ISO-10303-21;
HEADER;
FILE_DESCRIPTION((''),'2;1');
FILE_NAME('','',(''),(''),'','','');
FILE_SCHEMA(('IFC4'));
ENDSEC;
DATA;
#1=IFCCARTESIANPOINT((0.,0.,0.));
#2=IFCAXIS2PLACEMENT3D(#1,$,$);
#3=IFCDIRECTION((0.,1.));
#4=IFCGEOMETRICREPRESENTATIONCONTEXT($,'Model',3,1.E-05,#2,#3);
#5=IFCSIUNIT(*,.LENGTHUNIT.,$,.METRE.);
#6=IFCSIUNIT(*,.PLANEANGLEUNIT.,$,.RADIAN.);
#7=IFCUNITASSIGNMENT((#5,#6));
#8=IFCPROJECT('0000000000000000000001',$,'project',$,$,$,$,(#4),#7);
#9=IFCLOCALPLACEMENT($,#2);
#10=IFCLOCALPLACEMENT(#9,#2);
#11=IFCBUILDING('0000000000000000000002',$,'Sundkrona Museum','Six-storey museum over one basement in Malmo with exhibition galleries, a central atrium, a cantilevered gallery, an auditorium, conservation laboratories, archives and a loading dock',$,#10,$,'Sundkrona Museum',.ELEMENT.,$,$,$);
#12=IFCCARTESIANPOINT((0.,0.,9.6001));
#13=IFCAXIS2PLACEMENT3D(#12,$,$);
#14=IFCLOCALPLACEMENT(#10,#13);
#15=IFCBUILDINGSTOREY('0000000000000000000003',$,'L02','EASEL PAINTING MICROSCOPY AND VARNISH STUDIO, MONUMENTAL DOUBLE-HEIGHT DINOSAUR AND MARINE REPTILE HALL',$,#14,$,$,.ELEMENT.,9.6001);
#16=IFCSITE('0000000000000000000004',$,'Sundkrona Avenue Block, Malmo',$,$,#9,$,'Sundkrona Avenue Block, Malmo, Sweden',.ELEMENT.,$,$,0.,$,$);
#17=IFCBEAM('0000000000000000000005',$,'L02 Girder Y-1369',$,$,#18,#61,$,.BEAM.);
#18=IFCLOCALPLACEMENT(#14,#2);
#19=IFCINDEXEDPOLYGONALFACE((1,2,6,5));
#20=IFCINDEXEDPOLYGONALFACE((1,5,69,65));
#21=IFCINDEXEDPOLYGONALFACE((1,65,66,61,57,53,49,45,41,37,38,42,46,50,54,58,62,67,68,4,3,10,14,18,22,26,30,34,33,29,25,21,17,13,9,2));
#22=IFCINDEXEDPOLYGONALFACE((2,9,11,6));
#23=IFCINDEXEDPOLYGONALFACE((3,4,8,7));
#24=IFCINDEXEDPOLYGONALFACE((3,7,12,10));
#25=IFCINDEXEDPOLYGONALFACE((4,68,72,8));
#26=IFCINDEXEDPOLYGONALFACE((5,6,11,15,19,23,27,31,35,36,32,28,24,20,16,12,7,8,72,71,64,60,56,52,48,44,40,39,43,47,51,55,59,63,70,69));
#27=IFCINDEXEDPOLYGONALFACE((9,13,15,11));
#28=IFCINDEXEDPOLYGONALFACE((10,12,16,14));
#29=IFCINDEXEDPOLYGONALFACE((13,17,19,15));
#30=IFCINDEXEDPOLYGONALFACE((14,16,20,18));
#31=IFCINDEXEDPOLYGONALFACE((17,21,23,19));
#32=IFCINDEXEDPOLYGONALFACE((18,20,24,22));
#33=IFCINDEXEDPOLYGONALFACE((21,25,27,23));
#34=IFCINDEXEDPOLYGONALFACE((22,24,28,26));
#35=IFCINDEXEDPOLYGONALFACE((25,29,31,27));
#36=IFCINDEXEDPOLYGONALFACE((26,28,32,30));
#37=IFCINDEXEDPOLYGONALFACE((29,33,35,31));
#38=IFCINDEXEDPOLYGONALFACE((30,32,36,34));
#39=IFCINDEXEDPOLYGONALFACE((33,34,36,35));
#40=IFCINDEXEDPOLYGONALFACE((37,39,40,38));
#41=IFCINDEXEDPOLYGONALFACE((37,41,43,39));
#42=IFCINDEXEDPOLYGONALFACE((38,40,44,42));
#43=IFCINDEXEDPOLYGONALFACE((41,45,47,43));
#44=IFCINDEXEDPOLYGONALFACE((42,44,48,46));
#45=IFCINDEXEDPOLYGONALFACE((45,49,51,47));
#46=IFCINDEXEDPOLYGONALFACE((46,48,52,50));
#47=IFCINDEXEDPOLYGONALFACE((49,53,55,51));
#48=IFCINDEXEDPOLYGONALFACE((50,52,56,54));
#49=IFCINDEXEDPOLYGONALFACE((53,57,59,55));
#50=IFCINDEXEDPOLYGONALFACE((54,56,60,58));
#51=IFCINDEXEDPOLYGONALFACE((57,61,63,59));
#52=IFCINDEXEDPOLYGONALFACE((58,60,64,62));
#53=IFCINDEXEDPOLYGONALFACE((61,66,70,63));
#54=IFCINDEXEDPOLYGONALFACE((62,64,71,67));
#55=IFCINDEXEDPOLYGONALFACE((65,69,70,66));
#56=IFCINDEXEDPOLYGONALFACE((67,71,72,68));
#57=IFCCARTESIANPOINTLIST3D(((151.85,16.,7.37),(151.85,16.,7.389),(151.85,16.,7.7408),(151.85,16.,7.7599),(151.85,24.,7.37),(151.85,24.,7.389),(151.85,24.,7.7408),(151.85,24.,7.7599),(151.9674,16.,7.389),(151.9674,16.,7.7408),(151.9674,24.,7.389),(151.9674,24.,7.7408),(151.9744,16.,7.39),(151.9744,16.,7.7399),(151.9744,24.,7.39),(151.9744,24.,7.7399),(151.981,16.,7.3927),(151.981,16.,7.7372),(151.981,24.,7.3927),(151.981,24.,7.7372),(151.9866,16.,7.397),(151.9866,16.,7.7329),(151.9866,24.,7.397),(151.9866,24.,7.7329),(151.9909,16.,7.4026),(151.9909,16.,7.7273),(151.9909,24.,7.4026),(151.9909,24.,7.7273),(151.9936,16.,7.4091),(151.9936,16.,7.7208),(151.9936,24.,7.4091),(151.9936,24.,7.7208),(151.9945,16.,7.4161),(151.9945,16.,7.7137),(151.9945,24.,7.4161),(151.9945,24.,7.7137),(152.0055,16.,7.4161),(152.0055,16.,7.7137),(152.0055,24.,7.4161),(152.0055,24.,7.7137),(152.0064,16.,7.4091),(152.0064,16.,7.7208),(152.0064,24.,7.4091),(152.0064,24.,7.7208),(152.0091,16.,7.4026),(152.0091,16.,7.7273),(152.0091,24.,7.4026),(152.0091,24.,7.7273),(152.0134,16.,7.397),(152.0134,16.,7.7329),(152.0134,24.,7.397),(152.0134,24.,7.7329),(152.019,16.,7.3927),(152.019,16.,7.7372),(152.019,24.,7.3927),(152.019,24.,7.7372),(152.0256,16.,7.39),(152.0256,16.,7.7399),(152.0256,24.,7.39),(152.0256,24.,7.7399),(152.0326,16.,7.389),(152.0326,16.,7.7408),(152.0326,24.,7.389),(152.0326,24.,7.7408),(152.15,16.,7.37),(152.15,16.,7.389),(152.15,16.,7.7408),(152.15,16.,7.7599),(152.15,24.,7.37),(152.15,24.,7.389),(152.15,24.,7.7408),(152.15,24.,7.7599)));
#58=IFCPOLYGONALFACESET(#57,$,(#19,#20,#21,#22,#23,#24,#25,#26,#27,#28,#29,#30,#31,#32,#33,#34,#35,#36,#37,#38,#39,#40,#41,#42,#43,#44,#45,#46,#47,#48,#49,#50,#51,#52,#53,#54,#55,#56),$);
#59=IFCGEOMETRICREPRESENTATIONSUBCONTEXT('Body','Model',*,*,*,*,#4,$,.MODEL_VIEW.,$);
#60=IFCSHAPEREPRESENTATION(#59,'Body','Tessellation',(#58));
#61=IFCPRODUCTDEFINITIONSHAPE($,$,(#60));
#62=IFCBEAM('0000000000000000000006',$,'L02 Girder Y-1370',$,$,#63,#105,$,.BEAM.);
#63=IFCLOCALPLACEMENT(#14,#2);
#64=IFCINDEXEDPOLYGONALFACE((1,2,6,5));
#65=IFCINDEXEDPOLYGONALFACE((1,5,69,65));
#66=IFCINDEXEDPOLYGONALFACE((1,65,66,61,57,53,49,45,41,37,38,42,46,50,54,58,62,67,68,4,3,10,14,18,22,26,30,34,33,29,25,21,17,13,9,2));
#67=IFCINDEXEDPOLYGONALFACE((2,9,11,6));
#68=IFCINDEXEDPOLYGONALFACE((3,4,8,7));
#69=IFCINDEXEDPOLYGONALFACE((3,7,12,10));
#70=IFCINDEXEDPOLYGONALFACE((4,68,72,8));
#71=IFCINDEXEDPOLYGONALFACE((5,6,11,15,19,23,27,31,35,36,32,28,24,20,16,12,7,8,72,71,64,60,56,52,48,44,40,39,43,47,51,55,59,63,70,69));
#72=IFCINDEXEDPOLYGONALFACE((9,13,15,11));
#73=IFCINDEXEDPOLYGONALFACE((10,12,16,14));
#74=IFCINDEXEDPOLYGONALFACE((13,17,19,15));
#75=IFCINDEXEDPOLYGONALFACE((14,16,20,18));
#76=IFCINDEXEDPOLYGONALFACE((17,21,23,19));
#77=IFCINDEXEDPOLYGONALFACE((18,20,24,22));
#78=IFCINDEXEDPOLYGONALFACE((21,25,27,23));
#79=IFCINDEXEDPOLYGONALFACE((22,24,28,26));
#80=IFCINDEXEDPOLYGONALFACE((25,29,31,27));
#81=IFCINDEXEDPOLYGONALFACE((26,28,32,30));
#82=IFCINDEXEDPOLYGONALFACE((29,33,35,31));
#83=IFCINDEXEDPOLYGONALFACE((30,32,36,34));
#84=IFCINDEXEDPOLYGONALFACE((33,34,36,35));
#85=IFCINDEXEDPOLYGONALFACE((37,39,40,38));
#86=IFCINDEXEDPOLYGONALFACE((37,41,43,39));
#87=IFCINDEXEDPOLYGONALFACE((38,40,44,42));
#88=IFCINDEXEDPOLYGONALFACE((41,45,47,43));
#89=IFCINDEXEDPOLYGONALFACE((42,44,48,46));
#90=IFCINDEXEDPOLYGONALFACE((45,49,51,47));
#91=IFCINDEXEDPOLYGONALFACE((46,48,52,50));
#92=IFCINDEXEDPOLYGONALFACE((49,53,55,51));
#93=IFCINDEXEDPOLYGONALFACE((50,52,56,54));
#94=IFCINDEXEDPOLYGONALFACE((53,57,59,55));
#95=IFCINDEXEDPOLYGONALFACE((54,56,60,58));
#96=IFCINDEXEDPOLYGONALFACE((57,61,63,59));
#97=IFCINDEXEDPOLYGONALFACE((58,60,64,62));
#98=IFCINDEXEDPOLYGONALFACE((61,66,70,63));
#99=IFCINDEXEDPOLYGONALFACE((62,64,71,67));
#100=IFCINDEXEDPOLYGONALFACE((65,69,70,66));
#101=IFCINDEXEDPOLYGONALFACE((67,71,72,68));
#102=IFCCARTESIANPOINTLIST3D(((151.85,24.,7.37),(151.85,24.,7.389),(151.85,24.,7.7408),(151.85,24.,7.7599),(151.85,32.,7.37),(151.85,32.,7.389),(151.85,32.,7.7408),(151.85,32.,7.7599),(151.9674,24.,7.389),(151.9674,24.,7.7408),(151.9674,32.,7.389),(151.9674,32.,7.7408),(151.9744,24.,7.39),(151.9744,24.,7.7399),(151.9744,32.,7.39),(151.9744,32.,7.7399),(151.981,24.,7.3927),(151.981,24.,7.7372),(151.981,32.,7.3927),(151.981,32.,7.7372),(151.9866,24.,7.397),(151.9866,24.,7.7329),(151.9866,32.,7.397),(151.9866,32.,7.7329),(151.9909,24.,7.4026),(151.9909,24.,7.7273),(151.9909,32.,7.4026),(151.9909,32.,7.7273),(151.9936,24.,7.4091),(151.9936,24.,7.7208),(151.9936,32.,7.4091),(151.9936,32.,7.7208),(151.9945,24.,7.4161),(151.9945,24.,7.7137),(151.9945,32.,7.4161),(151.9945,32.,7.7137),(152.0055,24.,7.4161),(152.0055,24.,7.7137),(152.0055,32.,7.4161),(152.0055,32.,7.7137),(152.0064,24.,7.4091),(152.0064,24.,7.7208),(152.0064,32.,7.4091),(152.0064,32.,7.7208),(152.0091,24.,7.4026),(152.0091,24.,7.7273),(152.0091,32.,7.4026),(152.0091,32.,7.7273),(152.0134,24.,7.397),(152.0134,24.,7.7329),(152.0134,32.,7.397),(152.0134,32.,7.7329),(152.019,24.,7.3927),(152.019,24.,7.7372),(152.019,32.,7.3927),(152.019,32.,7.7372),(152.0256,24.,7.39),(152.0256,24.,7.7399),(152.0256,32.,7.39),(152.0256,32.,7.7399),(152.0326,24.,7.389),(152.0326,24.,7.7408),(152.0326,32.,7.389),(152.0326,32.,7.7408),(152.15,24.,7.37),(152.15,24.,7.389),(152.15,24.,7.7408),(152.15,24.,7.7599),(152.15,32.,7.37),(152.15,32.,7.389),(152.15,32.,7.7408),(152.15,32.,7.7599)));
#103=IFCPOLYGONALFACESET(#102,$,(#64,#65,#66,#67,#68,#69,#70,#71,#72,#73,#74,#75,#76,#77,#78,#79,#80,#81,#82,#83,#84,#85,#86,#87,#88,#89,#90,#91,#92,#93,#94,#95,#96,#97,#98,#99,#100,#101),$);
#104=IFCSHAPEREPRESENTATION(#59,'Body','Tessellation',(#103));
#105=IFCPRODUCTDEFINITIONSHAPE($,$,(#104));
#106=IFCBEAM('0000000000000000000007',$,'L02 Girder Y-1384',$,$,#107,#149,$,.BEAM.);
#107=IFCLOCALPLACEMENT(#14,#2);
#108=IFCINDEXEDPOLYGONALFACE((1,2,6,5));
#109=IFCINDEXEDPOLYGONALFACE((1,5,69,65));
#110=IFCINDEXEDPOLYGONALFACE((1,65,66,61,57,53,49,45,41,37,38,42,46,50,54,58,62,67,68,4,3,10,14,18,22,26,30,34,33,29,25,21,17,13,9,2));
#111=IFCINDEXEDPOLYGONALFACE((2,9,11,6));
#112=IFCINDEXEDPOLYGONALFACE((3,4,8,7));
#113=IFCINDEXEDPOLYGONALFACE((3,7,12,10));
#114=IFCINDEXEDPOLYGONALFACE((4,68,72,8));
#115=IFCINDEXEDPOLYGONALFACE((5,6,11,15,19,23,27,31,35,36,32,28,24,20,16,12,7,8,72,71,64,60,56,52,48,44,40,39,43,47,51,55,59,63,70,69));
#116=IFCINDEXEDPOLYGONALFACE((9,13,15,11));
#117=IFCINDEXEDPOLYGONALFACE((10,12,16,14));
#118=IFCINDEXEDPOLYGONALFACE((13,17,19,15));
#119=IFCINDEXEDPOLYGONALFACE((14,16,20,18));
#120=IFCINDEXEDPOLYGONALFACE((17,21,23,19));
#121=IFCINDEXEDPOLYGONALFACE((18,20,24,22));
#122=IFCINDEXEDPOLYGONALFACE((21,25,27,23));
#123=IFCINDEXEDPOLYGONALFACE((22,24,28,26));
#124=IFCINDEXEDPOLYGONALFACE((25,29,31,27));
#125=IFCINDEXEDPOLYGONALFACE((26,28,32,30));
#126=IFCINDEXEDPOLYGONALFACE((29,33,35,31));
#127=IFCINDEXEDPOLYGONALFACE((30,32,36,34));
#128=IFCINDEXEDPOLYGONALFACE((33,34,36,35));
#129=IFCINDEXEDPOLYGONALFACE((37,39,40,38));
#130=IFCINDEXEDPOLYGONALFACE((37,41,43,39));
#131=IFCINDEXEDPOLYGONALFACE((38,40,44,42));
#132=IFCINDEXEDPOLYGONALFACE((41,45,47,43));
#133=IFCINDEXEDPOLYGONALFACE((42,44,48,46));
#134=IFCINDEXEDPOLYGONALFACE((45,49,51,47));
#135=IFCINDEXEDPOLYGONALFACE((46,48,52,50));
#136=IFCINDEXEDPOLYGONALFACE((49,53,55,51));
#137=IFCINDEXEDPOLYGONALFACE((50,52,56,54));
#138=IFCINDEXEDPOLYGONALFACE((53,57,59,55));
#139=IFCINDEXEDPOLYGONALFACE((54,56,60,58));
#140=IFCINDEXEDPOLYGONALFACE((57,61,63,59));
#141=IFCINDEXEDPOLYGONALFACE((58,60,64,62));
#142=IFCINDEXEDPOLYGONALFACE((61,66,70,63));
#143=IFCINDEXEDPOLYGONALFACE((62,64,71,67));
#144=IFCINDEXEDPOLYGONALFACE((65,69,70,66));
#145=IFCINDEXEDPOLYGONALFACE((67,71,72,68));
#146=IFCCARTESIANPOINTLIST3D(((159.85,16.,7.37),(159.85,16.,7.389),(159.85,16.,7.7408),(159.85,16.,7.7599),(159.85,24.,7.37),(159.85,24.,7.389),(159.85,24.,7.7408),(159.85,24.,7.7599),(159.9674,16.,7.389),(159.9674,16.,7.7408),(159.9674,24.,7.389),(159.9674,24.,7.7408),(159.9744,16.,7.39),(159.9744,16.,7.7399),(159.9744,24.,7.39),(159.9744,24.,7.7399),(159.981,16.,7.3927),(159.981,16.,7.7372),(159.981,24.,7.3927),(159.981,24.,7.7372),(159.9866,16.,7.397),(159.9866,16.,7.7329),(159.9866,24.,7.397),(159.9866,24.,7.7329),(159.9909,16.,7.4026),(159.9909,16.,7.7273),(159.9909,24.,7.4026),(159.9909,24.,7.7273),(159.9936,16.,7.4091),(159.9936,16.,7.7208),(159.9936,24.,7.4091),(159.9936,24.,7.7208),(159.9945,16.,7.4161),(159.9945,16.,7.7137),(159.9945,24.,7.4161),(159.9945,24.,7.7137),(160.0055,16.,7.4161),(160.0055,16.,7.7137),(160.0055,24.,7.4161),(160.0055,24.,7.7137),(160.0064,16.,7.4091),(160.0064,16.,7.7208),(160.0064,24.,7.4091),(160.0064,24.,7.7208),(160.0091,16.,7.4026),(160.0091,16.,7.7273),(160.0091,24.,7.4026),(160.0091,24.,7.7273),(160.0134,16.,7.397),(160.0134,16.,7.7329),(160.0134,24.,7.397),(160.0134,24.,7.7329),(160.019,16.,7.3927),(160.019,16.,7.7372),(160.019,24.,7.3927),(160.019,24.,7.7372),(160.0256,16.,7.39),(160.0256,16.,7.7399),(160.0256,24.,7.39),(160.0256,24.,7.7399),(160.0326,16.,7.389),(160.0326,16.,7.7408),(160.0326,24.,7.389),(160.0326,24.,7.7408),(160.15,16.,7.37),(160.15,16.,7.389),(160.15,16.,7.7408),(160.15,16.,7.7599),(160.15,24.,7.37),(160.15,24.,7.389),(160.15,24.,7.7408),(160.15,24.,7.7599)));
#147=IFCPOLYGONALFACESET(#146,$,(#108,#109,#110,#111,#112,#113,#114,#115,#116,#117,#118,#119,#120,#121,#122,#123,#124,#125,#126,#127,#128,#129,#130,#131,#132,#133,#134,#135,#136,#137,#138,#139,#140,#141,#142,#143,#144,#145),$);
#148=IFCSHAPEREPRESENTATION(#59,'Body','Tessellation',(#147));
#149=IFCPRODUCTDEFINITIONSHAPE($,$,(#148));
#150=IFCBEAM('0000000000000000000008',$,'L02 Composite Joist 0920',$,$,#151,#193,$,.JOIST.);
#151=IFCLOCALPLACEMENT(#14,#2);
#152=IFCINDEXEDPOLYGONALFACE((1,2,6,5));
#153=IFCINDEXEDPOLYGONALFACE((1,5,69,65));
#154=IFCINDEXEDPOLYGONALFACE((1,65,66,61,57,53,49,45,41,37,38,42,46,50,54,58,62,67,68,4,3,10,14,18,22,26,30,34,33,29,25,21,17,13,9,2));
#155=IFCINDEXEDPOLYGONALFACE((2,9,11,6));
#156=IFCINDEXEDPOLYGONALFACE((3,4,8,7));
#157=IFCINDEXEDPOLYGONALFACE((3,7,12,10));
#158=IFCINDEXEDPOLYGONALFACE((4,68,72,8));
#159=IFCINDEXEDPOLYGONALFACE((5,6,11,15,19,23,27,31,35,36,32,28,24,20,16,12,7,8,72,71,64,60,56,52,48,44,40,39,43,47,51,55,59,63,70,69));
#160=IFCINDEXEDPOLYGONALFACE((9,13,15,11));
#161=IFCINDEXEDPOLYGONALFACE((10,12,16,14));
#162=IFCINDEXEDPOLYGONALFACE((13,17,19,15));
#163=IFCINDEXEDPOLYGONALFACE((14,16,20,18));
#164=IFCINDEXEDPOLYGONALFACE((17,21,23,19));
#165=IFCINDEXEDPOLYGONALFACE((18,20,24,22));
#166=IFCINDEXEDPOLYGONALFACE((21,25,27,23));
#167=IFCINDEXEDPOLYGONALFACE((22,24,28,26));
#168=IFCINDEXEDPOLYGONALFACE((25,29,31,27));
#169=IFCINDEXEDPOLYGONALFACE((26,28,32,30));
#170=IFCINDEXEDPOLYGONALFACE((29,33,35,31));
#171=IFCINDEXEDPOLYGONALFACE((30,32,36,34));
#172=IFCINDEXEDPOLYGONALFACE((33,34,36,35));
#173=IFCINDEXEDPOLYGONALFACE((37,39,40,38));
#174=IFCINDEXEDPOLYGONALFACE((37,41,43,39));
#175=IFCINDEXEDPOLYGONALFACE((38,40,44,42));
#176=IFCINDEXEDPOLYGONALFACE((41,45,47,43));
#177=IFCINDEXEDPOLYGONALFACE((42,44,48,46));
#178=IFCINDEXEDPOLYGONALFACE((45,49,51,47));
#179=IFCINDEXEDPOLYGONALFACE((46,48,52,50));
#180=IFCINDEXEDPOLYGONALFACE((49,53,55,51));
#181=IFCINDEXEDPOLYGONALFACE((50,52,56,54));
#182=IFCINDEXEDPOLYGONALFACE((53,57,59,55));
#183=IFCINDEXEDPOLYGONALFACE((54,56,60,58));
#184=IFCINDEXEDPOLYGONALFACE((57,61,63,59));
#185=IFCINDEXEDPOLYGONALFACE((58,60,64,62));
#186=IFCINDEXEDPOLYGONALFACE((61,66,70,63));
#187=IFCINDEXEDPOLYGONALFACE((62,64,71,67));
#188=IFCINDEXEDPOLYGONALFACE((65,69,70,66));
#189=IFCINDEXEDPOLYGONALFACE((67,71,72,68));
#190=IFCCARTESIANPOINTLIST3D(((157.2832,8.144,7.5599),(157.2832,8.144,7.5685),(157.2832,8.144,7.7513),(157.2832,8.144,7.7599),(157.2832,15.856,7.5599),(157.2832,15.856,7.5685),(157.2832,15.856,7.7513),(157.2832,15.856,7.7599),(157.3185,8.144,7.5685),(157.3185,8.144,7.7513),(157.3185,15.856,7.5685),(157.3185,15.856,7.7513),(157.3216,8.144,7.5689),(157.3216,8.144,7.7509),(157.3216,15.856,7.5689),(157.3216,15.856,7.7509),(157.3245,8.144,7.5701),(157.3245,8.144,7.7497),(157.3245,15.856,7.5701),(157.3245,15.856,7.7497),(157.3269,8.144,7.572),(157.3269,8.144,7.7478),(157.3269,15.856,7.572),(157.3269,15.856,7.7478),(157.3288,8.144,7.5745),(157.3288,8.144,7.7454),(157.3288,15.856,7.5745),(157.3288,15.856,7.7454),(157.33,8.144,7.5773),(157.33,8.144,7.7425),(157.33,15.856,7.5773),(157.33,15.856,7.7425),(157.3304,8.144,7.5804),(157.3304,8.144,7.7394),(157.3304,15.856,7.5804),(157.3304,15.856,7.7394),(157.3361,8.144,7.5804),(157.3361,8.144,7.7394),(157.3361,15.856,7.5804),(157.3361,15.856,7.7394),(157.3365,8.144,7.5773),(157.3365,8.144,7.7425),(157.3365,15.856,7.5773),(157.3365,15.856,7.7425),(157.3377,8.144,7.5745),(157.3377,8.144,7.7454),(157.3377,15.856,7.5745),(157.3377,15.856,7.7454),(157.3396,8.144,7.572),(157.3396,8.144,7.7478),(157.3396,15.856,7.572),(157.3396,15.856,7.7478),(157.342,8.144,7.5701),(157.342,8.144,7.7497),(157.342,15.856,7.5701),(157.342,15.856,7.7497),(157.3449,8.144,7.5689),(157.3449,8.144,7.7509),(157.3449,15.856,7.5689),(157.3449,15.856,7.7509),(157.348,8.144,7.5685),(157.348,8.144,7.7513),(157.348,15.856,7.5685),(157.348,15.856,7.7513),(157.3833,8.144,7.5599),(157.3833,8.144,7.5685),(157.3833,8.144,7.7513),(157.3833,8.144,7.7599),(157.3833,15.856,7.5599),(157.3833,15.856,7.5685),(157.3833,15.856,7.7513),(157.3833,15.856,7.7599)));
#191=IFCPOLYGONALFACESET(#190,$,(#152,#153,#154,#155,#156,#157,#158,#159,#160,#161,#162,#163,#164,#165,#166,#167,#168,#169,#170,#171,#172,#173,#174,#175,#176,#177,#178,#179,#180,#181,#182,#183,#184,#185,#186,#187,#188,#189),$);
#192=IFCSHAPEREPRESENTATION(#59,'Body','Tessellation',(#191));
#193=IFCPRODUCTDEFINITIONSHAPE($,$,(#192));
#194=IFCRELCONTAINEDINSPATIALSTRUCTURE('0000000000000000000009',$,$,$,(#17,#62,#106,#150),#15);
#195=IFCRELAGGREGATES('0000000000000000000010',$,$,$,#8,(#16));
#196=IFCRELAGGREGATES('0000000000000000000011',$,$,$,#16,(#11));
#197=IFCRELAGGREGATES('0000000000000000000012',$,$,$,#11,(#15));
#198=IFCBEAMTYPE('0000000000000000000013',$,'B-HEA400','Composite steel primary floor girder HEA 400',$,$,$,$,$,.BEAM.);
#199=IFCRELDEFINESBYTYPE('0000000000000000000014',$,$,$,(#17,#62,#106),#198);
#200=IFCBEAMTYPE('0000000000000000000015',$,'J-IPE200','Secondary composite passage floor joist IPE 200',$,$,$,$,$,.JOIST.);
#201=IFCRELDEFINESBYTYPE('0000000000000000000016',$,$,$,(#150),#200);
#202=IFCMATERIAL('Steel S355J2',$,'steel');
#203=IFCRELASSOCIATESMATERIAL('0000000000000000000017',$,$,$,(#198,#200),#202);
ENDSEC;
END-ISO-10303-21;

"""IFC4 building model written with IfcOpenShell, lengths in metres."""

from ifc_helpers import new_model, si_unit, direction, frame, origin, origin_2d, place, context, subcontext, project, spatial, i_section, extrude, material, material_profile, profile_set, type_object, element, save


model = new_model("IFC4")

# Units and contexts
model_context = context("Model", 3, precision=1e-05, world=origin(), true_north=direction((0.0, 1.0)))
body_context = subcontext(model_context, "Body", "Model", "MODEL_VIEW")
ifc_project = project(units=[si_unit("LENGTHUNIT", "METRE"), si_unit("PLANEANGLEUNIT", "RADIAN")], contexts=[model_context])

# Site, building, storey
site_placement = place(None, origin())
site = spatial("IfcSite", under=ifc_project, at=site_placement, Name="Sundkrona Avenue Block, Malmo", LongName="Sundkrona Avenue Block, Malmo, Sweden", CompositionType="ELEMENT", RefElevation=0.0)
building_placement = place(site_placement, origin())
building = spatial("IfcBuilding", under=site, at=building_placement, Name="Sundkrona Museum", Description="Six-storey museum over one basement in Malmo with exhibition galleries, a central atrium, a cantilevered gallery, an auditorium, conservation laboratories, archives and a loading dock", LongName="Sundkrona Museum", CompositionType="ELEMENT")
storey_placement = place(building_placement, frame((0.0, 0.0, 9.6001)))
storey = spatial("IfcBuildingStorey", under=building, at=storey_placement, Name="L02", Description="EASEL PAINTING MICROSCOPY AND VARNISH STUDIO, MONUMENTAL DOUBLE-HEIGHT DINOSAUR AND MARINE REPTILE HALL", CompositionType="ELEMENT", Elevation=9.6001)

# Shared definitions
ifc_material_1 = material(Name="Steel S355J2", Category="steel")

# Beams
ifc_material_profile_1 = material_profile(ifc_material_1, i_section(OverallWidth=0.3, OverallDepth=0.3899, WebThickness=0.011, FlangeThickness=0.019, FilletRadius=0.0271, at=origin_2d()), Name="HEA 400")
ifc_profile_set_1 = profile_set([ifc_material_profile_1], Name="Steel S355J2")
beam_type_1 = type_object("IfcBeamType", Name="B-HEA400", Description="Composite steel primary floor girder HEA 400", PredefinedType="BEAM", material=ifc_profile_set_1)
for number, where, z_axis, x_axis, name in (
    (1, (152.0, 16.0, 7.5649), (0.0, 1.0, 0.0), (-1.0, 0.0, 0.0), "L02 Girder Y-1369"),
    (2, (152.0, 24.0, 7.5649), (0.0, 1.0, 0.0), (-1.0, 0.0, 0.0), "L02 Girder Y-1370"),
    (3, (160.0, 16.0, 7.5649), (0.0, 1.0, 0.0), (-1.0, 0.0, 0.0), "L02 Girder Y-1384"),
):
    element("IfcBeam", number, at=place(storey_placement, frame(where, z_axis=z_axis, x_axis=x_axis)), inside=storey, type_object=beam_type_1, Name=name, PredefinedType="BEAM", context=body_context, shape_type="SweptSolid", body=[
        extrude(i_section(OverallWidth=0.3, OverallDepth=0.3899, WebThickness=0.011, FlangeThickness=0.019, FilletRadius=0.0271, at=origin_2d()), origin(), (0.0, 0.0, 1.0), 8.0),
    ])
ifc_material_profile_2 = material_profile(ifc_material_1, i_section(OverallWidth=0.1001, OverallDepth=0.2, WebThickness=0.0056, FlangeThickness=0.0085, FilletRadius=0.012, at=origin_2d()), Name="IPE 200")
ifc_profile_set_2 = profile_set([ifc_material_profile_2], Name="Steel S355J2")
beam_type_2 = type_object("IfcBeamType", Name="J-IPE200", Description="Secondary composite passage floor joist IPE 200", PredefinedType="JOIST", material=ifc_profile_set_2)
beam_placement = place(storey_placement, frame((157.3333, 8.144, 7.6599), z_axis=(0.0, 1.0, 0.0), x_axis=(-1.0, 0.0, 0.0)))
element("IfcBeam", 4, at=beam_placement, inside=storey, type_object=beam_type_2, Name="L02 Composite Joist 0920", PredefinedType="JOIST", context=body_context, shape_type="SweptSolid", body=[
    extrude(i_section(OverallWidth=0.1001, OverallDepth=0.2, WebThickness=0.0056, FlangeThickness=0.0085, FilletRadius=0.012, at=origin_2d()), origin(), (0.0, 0.0, 1.0), 7.7119),
])

save(model, "model.ifc")
